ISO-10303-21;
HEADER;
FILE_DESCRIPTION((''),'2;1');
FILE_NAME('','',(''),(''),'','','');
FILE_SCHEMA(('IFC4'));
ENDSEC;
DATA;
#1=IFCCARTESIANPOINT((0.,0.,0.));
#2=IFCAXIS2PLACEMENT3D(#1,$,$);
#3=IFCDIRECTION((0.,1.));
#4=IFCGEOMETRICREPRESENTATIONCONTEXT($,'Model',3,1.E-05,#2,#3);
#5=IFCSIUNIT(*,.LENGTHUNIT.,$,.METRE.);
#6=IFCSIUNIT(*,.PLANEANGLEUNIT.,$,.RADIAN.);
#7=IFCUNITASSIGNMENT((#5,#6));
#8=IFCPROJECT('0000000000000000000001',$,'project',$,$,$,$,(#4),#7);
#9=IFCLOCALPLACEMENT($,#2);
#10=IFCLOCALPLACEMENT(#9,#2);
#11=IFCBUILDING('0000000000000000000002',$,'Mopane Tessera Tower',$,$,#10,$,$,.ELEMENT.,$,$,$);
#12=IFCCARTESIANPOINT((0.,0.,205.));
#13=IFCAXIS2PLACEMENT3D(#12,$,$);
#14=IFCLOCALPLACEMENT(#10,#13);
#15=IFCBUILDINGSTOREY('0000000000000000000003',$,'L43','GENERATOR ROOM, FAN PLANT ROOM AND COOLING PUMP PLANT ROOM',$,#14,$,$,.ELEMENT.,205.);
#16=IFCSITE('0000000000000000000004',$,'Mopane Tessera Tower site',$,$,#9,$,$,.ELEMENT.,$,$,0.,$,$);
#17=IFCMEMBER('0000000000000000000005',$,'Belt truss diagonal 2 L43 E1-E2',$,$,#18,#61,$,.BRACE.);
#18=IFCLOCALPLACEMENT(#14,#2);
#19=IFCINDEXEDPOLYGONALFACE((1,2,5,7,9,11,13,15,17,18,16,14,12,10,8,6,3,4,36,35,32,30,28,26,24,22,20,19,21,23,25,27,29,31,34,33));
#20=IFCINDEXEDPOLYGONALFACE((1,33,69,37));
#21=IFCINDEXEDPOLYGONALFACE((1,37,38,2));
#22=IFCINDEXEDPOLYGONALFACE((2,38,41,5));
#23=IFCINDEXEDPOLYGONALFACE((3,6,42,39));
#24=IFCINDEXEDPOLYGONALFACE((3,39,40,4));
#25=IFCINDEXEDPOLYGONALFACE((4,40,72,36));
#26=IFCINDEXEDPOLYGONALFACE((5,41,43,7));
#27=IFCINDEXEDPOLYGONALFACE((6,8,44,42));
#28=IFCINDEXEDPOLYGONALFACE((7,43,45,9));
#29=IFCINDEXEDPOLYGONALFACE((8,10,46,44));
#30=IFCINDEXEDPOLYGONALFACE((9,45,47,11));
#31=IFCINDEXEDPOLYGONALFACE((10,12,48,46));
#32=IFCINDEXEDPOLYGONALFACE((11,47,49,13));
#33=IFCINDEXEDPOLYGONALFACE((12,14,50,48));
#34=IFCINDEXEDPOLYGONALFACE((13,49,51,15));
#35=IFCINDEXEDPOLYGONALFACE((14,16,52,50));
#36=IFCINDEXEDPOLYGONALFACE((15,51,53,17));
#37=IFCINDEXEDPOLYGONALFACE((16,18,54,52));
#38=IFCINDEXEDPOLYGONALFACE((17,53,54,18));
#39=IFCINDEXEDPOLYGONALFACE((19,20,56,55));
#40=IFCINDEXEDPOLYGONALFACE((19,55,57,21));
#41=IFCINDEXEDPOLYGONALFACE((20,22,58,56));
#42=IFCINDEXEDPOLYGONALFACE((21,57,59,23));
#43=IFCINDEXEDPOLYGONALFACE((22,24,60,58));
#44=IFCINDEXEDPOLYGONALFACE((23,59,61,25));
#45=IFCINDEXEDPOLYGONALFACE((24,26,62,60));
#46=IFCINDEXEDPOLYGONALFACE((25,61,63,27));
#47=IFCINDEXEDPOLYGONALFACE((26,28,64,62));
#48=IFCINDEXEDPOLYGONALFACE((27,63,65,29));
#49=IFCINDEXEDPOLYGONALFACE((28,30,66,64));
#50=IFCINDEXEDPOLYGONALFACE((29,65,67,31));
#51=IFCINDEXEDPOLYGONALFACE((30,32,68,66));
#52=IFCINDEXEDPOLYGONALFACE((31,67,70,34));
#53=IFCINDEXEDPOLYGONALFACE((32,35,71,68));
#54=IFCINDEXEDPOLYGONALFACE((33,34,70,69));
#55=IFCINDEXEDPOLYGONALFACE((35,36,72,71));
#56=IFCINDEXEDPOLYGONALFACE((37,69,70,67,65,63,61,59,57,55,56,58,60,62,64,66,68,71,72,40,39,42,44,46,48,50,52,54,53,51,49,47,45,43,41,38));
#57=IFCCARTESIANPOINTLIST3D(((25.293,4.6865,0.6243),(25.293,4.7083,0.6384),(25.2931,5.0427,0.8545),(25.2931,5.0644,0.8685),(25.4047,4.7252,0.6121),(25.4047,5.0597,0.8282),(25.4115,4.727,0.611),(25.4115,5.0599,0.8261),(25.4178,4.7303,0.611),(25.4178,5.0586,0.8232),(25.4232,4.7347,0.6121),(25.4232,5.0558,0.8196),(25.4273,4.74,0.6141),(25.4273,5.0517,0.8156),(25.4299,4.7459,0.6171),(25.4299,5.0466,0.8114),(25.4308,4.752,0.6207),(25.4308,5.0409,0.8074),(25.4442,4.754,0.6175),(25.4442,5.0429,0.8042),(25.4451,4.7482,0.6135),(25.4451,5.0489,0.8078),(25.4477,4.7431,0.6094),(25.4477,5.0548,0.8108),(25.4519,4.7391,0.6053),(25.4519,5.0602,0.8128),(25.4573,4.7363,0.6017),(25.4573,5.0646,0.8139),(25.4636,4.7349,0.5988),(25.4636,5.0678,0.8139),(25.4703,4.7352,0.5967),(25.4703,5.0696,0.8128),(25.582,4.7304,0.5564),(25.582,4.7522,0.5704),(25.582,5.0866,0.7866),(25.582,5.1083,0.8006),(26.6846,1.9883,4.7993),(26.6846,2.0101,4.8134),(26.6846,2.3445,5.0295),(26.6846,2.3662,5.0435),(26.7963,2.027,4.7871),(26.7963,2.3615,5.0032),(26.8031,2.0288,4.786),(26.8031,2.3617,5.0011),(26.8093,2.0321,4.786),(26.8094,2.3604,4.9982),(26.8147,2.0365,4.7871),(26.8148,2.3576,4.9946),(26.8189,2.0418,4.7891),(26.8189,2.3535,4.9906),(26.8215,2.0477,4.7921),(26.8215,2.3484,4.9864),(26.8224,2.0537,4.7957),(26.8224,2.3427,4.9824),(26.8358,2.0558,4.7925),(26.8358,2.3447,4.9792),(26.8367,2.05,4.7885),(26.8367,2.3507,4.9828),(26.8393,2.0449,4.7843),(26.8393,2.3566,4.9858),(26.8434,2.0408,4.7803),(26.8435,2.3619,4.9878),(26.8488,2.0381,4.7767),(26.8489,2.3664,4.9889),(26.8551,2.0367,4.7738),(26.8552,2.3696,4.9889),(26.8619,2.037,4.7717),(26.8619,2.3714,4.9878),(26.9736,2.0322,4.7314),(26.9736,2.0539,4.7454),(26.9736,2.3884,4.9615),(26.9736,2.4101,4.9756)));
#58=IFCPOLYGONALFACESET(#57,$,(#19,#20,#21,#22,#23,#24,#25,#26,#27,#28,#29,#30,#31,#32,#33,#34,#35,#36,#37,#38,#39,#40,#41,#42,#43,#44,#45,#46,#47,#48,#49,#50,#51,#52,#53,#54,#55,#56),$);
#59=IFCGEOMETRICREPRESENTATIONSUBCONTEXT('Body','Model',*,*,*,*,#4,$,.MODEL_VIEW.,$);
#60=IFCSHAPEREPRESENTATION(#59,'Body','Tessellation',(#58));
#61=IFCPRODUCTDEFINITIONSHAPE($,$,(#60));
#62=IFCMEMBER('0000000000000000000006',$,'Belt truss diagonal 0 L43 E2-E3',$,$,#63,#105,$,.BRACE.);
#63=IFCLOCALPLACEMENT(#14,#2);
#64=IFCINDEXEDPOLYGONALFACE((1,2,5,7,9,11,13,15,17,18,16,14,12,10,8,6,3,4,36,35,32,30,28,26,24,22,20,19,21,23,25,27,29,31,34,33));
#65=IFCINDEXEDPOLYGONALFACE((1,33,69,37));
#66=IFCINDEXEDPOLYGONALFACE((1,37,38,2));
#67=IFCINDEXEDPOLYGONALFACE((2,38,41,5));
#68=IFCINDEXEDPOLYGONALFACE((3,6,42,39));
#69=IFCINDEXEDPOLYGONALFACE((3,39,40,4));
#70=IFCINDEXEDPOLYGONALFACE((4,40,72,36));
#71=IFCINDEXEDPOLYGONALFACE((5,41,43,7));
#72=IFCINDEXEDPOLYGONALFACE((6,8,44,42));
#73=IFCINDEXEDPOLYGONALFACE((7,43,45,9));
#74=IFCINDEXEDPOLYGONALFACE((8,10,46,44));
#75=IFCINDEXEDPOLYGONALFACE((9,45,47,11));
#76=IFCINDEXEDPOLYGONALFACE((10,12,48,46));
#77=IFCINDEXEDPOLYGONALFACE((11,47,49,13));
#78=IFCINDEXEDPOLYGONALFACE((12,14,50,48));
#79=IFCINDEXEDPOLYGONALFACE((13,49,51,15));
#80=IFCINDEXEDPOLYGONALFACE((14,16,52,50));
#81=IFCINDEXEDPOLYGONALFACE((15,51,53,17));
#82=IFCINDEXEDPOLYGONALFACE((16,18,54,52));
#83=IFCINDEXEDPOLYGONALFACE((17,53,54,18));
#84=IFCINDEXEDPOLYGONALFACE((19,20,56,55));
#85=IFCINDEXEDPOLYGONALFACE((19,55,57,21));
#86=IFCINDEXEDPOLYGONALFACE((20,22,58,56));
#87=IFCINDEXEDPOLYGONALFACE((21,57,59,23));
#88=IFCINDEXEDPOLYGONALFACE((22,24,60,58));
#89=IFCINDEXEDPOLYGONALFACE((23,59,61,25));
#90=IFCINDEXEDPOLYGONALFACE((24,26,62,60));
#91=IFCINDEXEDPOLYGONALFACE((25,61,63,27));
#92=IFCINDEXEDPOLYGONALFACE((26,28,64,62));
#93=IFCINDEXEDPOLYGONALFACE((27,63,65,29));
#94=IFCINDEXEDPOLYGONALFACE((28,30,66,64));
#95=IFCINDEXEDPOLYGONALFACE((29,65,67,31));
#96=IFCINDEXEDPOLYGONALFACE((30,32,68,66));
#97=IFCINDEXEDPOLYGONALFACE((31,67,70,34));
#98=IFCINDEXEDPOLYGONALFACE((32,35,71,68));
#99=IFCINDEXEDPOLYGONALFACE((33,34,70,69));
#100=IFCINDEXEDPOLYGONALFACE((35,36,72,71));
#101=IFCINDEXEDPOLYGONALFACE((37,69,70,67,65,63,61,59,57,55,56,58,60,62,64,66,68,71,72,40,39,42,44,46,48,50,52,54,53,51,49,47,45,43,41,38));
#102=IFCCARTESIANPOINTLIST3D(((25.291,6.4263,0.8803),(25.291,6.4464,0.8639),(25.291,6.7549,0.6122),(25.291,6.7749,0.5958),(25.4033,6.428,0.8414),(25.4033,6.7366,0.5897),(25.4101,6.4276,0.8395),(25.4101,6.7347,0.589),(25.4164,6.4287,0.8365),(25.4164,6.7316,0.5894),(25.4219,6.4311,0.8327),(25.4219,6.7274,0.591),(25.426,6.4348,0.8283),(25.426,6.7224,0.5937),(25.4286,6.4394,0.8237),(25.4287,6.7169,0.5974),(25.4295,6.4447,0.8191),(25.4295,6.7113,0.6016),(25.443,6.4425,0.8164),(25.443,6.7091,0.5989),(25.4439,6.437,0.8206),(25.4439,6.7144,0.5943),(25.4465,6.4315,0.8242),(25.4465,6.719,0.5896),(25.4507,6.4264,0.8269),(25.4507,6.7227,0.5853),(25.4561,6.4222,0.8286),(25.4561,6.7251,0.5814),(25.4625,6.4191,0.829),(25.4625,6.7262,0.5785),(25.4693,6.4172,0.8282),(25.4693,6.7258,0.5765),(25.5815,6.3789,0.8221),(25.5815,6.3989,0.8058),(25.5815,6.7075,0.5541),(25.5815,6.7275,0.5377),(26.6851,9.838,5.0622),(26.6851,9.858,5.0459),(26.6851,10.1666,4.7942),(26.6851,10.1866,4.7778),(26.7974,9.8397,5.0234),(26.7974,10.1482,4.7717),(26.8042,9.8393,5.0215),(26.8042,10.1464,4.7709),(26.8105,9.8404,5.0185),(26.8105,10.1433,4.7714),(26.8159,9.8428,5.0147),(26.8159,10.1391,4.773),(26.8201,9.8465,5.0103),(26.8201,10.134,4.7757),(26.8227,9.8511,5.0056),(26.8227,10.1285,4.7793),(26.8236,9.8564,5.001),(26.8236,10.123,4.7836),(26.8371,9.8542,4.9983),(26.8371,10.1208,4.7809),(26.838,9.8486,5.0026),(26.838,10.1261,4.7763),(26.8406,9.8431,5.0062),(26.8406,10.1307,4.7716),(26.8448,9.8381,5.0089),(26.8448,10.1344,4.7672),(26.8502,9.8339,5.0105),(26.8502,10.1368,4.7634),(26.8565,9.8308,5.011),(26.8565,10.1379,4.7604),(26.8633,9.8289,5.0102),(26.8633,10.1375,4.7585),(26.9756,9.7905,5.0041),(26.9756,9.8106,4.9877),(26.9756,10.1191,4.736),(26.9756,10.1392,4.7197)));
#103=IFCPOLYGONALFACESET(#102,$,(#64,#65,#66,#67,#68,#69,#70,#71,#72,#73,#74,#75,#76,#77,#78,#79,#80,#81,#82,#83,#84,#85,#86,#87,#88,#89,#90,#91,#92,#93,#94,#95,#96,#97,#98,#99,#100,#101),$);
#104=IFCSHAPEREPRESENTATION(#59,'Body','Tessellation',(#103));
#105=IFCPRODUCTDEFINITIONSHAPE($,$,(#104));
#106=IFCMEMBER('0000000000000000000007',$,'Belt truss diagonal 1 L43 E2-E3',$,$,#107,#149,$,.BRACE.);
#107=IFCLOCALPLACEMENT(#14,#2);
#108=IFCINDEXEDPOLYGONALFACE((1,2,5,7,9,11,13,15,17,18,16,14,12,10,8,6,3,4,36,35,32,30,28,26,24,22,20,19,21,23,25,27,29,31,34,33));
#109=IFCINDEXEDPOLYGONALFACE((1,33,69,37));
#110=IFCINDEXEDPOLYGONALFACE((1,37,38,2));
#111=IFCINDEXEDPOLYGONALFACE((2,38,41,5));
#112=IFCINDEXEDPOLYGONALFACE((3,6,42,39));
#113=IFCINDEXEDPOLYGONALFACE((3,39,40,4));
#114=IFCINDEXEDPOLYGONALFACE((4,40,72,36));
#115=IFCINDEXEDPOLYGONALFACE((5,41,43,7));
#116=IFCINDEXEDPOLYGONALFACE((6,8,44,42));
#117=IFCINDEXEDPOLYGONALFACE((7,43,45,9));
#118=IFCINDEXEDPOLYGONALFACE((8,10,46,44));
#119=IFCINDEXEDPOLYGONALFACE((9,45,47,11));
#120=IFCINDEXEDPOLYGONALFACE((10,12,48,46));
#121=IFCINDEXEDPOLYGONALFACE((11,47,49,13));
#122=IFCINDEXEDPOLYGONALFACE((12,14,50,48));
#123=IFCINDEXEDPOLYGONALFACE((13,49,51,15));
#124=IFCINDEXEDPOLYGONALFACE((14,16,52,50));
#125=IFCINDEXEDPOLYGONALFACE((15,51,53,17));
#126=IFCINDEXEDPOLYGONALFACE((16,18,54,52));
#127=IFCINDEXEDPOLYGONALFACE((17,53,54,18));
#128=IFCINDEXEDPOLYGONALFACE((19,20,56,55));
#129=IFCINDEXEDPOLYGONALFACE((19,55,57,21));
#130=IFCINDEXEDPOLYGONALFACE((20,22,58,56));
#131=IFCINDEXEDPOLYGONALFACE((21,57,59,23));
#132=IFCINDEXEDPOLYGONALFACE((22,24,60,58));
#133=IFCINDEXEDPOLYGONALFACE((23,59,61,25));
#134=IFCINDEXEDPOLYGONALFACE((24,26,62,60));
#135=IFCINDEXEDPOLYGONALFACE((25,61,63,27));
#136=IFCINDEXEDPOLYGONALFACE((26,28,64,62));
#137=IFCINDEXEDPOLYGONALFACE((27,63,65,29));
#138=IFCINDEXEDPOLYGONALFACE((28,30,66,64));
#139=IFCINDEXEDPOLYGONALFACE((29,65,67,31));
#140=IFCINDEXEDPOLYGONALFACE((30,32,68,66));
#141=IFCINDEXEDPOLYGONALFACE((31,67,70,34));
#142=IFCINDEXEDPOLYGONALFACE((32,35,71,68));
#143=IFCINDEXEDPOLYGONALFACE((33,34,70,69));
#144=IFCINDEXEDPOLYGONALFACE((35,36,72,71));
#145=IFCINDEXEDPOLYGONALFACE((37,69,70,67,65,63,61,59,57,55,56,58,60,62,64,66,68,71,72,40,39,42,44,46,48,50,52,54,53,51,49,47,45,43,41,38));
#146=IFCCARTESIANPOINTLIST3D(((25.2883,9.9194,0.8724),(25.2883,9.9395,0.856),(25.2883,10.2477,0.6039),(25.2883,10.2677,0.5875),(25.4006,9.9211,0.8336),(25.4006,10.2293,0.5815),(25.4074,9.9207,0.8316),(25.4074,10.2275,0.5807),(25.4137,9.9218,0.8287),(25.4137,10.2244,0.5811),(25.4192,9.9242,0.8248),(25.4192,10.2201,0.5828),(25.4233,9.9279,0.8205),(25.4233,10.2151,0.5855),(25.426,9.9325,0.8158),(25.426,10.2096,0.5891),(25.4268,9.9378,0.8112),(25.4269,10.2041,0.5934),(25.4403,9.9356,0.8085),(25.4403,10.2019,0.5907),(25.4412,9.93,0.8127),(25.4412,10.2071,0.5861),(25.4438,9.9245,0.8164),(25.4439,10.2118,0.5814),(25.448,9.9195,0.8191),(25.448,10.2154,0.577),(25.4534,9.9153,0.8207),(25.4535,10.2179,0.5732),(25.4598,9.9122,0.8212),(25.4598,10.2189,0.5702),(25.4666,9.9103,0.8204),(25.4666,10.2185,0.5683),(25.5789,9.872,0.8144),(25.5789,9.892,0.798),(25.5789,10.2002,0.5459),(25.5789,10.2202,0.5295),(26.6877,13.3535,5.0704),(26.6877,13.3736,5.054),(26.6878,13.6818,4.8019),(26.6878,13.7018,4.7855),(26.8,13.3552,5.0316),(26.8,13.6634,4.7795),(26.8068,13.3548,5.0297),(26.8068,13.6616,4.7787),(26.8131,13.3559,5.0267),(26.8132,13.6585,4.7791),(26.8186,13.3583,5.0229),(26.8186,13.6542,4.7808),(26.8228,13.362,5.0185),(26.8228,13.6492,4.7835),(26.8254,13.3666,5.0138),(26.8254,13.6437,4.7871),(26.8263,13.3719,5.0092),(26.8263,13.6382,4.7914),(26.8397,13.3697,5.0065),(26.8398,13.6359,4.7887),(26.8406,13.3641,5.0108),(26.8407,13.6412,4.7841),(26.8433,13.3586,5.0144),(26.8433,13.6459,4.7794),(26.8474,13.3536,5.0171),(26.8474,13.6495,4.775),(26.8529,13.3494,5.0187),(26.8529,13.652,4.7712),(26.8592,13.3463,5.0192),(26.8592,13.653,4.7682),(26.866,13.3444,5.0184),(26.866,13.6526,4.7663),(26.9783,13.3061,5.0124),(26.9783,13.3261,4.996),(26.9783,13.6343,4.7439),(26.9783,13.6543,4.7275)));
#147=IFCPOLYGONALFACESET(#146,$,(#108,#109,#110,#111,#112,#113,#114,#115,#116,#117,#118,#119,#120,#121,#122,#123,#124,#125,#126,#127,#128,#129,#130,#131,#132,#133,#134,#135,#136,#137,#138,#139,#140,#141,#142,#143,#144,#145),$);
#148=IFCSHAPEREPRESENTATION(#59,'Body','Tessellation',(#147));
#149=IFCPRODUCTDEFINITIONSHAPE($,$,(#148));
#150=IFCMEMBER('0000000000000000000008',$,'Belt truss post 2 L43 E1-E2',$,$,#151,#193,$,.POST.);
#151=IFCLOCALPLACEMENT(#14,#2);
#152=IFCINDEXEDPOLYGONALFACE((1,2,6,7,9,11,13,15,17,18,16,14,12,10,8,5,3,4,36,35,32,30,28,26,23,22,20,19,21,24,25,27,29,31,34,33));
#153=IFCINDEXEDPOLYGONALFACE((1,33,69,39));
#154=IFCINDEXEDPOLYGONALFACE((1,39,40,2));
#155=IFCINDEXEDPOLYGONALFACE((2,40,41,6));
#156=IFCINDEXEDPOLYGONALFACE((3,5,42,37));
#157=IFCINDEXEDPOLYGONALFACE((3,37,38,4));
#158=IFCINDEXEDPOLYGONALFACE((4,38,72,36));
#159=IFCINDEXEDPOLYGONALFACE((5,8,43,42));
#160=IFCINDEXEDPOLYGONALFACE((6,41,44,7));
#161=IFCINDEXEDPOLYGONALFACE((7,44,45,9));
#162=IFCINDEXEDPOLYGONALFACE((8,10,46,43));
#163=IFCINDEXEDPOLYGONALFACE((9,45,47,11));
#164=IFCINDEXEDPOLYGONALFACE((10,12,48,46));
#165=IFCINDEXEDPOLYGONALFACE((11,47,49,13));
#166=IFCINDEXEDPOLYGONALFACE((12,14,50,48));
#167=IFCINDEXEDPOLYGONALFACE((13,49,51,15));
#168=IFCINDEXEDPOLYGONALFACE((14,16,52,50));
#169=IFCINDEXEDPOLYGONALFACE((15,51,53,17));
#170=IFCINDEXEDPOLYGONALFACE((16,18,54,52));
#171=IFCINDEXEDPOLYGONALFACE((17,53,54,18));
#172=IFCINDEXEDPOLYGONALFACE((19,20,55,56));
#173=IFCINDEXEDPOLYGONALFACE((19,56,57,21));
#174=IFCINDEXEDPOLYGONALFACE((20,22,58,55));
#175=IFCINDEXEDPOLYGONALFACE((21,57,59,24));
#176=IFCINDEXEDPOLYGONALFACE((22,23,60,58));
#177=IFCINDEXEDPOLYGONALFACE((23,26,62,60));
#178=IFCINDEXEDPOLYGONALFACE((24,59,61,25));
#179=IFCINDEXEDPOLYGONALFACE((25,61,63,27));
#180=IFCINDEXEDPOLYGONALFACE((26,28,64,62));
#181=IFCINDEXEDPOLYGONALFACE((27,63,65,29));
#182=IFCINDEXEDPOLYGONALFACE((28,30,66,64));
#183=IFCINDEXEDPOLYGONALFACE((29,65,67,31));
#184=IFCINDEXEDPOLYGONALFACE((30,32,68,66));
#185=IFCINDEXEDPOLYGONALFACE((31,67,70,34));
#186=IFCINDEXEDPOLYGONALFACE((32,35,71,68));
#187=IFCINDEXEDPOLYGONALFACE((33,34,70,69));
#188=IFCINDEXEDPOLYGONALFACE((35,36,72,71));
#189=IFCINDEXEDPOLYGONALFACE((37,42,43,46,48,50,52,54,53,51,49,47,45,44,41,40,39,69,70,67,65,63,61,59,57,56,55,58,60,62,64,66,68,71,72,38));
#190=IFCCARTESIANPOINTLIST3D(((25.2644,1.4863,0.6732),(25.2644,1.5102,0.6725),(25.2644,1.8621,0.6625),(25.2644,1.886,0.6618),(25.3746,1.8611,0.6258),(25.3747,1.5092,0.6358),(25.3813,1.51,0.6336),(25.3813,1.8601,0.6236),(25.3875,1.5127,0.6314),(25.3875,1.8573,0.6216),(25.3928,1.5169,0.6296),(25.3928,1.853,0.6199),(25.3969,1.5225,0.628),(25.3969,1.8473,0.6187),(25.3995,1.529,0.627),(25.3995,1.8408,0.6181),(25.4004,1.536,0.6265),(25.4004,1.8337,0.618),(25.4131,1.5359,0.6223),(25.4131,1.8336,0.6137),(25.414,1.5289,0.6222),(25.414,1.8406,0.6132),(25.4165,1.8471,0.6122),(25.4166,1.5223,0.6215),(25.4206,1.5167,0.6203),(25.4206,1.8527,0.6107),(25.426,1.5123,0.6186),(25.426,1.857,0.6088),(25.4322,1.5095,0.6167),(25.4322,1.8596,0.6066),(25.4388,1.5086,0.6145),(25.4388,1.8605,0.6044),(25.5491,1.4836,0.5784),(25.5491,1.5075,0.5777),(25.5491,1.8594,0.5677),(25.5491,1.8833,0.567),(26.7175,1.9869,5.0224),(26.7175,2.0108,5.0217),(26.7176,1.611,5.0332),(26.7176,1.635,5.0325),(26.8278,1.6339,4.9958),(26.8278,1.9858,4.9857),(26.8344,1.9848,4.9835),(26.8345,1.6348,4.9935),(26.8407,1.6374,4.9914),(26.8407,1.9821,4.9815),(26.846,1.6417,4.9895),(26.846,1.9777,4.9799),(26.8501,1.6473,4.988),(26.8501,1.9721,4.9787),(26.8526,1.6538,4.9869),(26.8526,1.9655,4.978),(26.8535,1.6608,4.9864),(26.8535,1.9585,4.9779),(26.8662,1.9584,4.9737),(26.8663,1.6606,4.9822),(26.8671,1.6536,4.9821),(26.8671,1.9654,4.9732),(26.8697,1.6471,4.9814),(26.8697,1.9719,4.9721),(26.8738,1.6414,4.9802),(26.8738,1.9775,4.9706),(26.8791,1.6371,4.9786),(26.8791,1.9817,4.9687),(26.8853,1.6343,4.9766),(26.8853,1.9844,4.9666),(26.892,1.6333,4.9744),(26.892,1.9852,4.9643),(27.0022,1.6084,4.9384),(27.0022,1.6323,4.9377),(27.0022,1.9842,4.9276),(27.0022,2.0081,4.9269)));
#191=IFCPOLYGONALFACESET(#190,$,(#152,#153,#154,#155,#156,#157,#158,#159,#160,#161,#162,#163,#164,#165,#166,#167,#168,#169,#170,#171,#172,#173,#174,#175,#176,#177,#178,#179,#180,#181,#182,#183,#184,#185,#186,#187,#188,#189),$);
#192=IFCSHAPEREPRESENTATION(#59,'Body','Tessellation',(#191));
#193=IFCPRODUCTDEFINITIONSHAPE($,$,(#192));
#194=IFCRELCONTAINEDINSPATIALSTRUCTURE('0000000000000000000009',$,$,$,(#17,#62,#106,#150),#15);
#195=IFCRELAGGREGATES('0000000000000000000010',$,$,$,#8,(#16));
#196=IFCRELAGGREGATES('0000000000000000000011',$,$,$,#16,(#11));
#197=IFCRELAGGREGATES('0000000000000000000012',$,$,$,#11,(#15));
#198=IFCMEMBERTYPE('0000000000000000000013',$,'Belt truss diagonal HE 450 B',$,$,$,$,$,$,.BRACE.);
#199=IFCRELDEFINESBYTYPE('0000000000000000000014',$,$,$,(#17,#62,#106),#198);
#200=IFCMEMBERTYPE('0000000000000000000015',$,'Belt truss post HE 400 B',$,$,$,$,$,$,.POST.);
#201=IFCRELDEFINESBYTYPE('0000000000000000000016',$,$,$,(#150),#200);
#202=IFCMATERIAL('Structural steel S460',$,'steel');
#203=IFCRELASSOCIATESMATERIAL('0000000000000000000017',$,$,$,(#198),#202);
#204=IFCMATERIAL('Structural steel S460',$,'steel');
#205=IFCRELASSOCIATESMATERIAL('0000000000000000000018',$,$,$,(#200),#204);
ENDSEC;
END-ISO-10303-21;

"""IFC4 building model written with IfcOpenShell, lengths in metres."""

from ifc_helpers import new_model, si_unit, direction, frame, origin, origin_2d, place, context, subcontext, project, spatial, i_section, extrude, material, material_profile, profile_set, type_object, element, save


model = new_model("IFC4")

# Units and contexts
model_context = context("Model", 3, precision=1e-05, world=origin(), true_north=direction((0.0, 1.0)))
body_context = subcontext(model_context, "Body", "Model", "MODEL_VIEW")
ifc_project = project(units=[si_unit("LENGTHUNIT", "METRE"), si_unit("PLANEANGLEUNIT", "RADIAN")], contexts=[model_context])

# Site, building, storey
site_placement = place(None, origin())
site = spatial("IfcSite", under=ifc_project, at=site_placement, Name="Mopane Tessera Tower site", CompositionType="ELEMENT", RefElevation=0.0)
building_placement = place(site_placement, origin())
building = spatial("IfcBuilding", under=site, at=building_placement, Name="Mopane Tessera Tower", CompositionType="ELEMENT")
storey_placement = place(building_placement, frame((0.0, 0.0, 205.0)))
storey = spatial("IfcBuildingStorey", under=building, at=storey_placement, Name="L43", Description="GENERATOR ROOM, FAN PLANT ROOM AND COOLING PUMP PLANT ROOM", CompositionType="ELEMENT", Elevation=205.0)

# Members
ifc_material_1 = material(Name="Structural steel S460", Category="steel")
ifc_material_profile_1 = material_profile(ifc_material_1, i_section(OverallWidth=0.3, OverallDepth=0.45, WebThickness=0.0139, FlangeThickness=0.0259, FilletRadius=0.0271, at=origin_2d()))
ifc_profile_set_1 = profile_set([ifc_material_profile_1], Name="Structural steel S460")
member_type_1 = type_object("IfcMemberType", Name="Belt truss diagonal HE 450 B", PredefinedType="BRACE", material=ifc_profile_set_1)
member_1_placement = place(storey_placement, frame((26.8291, 2.1992, 4.8875), z_axis=(-0.269576, 0.522694, -0.808776), x_axis=(-0.962979, -0.146287, 0.226432)))
element("IfcMember", 1, at=member_1_placement, inside=storey, type_object=member_type_1, Name="Belt truss diagonal 2 L43 E1-E2", PredefinedType="BRACE", context=body_context, shape_type="SweptSolid", body=[
    extrude(i_section(OverallWidth=0.3, OverallDepth=0.45, WebThickness=0.0139, FlangeThickness=0.0259, FilletRadius=0.0271, at=origin_2d()), origin(), (0.0, 0.0, 1.0), 5.1621),
])
member_2_placement = place(storey_placement, frame((25.4363, 6.5769, 0.709), z_axis=(0.250093, 0.612048, 0.750234), x_axis=(-0.968222, 0.158109, 0.193772)))
element("IfcMember", 2, at=member_2_placement, inside=storey, type_object=member_type_1, Name="Belt truss diagonal 0 L43 E2-E3", PredefinedType="BRACE", context=body_context, shape_type="SweptSolid", body=[
    extrude(i_section(OverallWidth=0.3, OverallDepth=0.45, WebThickness=0.0139, FlangeThickness=0.0259, FilletRadius=0.0271, at=origin_2d()), origin(), (0.0, 0.0, 1.0), 5.5742),
])
member_3_placement = place(storey_placement, frame((25.4336, 10.0698, 0.7009), z_axis=(0.249838, 0.613088, 0.74947), x_axis=(-0.968288, 0.158219, 0.193354)))
element("IfcMember", 3, at=member_3_placement, inside=storey, type_object=member_type_1, Name="Belt truss diagonal 1 L43 E2-E3", PredefinedType="BRACE", context=body_context, shape_type="SweptSolid", body=[
    extrude(i_section(OverallWidth=0.3, OverallDepth=0.45, WebThickness=0.0139, FlangeThickness=0.0259, FilletRadius=0.0271, at=origin_2d()), origin(), (0.0, 0.0, 1.0), 5.6013),
])
ifc_material_2 = material(Name="Structural steel S460", Category="steel")
ifc_material_profile_2 = material_profile(ifc_material_2, i_section(OverallWidth=0.3, OverallDepth=0.3999, WebThickness=0.0134, FlangeThickness=0.0239, FilletRadius=0.0271, at=origin_2d()))
ifc_profile_set_2 = profile_set([ifc_material_profile_2], Name="Structural steel S460")
member_type_2 = type_object("IfcMemberType", Name="Belt truss post HE 400 B", PredefinedType="POST", material=ifc_profile_set_2)
member_4_placement = place(storey_placement, frame((25.4067, 1.6848, 0.6201), z_axis=(0.316079, 0.027137, 0.948345), x_axis=(-0.948733, 0.00898, 0.315952)))
element("IfcMember", 4, at=member_4_placement, inside=storey, type_object=member_type_2, Name="Belt truss post 2 L43 E1-E2", PredefinedType="POST", context=body_context, shape_type="SweptSolid", body=[
    extrude(i_section(OverallWidth=0.3, OverallDepth=0.3999, WebThickness=0.0134, FlangeThickness=0.0239, FilletRadius=0.0271, at=origin_2d()), origin(), (0.0, 0.0, 1.0), 4.5974),
])

save(model, "model.ifc")
